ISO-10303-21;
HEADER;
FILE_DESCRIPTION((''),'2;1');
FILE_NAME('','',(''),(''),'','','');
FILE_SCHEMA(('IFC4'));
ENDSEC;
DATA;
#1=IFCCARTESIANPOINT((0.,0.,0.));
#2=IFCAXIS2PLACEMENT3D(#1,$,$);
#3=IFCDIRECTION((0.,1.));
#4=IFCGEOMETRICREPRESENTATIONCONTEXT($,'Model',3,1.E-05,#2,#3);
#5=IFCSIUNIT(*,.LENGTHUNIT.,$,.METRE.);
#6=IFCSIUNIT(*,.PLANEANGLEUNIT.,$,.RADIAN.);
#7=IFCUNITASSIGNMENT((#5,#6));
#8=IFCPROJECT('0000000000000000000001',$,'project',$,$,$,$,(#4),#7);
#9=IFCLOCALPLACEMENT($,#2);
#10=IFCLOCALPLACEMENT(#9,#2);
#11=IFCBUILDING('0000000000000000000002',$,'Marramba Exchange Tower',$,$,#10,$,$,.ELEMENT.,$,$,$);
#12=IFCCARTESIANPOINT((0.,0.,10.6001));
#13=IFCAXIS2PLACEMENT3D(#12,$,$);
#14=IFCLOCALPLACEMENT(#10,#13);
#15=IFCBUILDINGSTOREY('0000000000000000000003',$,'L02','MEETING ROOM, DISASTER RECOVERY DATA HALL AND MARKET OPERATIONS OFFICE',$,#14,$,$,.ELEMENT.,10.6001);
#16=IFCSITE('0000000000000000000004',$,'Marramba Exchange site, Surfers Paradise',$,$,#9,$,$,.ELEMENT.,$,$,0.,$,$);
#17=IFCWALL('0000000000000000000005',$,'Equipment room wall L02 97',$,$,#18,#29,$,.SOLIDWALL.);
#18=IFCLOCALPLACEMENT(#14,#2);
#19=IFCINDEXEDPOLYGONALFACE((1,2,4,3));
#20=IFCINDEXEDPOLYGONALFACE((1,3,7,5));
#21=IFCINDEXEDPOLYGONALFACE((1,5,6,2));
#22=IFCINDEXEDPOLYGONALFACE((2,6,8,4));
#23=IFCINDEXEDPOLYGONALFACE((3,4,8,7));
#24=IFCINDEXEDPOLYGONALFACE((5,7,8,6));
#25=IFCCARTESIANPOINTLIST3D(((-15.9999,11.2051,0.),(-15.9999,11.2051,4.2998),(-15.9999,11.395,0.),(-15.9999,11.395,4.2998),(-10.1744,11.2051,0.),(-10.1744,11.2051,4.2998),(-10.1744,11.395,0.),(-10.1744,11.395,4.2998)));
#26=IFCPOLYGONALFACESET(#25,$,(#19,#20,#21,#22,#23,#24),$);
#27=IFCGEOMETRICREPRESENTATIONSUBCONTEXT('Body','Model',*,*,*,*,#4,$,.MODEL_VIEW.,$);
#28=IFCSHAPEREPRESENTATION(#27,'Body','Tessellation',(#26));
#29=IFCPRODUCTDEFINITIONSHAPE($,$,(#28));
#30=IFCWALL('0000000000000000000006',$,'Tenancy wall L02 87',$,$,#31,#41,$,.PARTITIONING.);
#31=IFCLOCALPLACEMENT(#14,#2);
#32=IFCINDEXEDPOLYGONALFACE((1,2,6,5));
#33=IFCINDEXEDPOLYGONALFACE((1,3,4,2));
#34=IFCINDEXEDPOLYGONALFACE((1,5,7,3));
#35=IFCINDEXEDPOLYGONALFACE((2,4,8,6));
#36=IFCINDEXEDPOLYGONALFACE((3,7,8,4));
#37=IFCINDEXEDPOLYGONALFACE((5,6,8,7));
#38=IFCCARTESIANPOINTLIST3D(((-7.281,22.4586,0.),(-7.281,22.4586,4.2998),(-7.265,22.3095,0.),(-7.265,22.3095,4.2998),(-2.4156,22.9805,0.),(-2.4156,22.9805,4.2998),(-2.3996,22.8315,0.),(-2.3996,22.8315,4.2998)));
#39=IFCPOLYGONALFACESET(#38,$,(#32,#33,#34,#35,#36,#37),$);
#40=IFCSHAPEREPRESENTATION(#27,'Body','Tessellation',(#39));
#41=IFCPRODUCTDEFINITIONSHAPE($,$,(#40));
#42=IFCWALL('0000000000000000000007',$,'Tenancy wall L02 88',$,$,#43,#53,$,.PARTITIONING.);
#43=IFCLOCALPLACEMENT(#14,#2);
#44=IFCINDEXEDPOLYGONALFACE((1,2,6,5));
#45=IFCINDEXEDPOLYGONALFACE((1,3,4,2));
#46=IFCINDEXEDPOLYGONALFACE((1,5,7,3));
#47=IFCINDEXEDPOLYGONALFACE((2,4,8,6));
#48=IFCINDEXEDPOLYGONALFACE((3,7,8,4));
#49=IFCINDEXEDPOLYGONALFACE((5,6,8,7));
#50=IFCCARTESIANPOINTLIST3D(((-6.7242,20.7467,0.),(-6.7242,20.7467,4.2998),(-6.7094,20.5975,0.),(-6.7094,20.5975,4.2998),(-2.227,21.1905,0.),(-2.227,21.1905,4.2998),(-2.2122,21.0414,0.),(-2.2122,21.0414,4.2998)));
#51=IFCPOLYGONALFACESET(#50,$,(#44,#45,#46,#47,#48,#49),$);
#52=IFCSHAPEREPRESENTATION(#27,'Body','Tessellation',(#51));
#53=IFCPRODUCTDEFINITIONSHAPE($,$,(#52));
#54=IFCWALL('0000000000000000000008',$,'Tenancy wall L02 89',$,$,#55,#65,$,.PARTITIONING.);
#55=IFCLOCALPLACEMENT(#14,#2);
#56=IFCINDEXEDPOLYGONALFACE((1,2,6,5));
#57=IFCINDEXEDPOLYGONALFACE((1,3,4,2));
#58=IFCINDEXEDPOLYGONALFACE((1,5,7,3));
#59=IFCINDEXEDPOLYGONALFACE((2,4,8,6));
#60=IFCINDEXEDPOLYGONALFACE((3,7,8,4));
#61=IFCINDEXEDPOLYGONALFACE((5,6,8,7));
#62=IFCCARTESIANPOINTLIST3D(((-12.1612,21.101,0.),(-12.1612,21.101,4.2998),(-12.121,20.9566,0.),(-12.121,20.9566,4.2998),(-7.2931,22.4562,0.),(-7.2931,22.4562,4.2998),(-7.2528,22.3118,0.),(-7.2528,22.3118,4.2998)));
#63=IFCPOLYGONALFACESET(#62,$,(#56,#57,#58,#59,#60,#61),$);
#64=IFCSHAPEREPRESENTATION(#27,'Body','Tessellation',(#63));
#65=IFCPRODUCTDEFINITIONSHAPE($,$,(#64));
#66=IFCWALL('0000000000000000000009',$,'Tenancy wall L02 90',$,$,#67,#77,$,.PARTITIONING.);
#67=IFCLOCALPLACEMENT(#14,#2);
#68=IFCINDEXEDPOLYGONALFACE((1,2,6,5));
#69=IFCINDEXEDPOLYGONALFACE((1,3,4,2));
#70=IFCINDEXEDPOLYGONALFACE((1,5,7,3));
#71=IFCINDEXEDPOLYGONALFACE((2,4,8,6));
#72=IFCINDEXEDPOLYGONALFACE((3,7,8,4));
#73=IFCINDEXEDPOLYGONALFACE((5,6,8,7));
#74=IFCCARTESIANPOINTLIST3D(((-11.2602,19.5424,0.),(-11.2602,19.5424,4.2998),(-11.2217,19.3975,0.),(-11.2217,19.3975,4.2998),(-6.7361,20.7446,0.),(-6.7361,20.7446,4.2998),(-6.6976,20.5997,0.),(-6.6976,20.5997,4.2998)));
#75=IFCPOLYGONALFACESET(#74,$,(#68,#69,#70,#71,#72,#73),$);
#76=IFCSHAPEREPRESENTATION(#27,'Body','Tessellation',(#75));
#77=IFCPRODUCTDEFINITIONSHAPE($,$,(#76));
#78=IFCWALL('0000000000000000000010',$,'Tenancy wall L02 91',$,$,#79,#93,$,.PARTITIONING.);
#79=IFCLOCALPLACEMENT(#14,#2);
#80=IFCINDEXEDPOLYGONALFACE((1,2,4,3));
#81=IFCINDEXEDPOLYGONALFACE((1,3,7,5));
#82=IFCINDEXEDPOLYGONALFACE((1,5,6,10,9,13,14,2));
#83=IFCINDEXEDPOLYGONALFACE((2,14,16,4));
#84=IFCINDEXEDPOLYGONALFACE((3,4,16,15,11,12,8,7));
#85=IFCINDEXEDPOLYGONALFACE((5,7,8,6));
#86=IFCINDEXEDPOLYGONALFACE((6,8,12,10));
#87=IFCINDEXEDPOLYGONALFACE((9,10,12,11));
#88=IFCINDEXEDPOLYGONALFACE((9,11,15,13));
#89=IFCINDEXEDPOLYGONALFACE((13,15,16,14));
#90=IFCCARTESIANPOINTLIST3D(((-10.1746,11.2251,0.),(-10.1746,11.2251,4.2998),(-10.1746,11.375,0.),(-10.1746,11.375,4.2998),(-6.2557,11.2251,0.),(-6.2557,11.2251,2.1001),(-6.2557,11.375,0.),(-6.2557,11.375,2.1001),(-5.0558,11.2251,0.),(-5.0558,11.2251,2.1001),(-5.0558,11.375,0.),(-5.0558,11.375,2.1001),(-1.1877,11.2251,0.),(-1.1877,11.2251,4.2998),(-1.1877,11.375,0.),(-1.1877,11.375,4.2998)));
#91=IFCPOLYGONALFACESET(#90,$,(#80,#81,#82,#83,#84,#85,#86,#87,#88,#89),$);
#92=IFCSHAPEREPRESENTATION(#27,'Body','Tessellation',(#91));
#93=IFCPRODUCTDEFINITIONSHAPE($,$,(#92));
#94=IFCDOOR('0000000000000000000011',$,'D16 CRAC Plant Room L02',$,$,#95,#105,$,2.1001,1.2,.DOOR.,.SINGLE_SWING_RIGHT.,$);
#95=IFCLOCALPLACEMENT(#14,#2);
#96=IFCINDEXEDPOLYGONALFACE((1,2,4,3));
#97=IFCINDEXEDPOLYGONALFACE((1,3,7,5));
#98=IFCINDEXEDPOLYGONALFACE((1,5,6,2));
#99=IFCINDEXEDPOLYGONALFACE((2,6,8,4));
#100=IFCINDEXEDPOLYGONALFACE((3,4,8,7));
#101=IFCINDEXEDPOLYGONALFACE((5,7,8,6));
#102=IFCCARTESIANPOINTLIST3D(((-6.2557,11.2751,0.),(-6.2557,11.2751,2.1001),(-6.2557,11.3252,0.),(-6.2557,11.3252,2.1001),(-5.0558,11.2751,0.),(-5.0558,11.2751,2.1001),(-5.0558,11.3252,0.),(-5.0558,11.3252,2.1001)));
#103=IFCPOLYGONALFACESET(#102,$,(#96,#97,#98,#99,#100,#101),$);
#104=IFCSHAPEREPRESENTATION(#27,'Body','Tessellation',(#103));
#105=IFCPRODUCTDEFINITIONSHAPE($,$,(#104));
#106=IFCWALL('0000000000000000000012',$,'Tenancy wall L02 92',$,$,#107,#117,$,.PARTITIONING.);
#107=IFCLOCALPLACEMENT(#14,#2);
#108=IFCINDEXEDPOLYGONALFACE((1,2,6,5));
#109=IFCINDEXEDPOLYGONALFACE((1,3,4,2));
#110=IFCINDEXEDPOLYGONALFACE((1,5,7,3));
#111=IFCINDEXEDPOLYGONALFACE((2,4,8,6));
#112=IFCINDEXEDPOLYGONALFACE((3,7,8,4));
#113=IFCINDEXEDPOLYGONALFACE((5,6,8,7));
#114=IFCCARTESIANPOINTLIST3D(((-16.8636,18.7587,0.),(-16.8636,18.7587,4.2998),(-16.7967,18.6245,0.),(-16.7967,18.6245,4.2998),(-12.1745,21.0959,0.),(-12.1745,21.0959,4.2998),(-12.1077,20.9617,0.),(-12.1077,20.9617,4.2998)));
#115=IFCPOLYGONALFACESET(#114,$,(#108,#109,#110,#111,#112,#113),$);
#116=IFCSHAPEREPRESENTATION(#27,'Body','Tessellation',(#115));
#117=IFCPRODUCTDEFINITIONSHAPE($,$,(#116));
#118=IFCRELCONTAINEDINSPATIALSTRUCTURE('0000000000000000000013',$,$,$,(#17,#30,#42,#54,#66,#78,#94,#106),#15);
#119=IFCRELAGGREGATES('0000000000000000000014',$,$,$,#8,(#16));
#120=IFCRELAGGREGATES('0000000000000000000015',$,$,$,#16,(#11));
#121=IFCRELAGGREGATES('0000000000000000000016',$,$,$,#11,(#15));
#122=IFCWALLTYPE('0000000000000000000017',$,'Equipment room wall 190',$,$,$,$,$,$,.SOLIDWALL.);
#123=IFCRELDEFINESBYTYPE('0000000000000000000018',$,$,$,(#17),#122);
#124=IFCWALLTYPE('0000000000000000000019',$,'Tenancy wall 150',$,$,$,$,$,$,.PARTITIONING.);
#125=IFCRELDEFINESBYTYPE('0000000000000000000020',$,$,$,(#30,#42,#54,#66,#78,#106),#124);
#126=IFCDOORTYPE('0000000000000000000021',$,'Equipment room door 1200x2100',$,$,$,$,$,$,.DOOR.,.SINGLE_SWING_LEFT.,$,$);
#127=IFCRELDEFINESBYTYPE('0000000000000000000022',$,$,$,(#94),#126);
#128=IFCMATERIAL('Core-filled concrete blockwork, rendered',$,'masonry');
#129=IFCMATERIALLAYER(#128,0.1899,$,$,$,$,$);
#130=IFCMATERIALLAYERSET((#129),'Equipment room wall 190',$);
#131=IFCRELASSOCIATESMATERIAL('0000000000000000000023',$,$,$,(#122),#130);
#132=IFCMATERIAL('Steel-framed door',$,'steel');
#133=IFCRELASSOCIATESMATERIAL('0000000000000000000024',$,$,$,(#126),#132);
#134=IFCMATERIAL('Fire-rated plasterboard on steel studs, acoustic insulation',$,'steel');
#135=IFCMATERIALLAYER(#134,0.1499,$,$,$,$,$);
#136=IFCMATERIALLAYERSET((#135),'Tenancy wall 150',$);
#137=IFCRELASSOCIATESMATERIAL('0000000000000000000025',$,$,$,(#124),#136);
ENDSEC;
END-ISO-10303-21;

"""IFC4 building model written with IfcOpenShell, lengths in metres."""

from ifc_helpers import new_model, si_unit, direction, frame, frame_2d, origin, place, context, subcontext, project, spatial, rectangle, extrude, material, layer, layer_set, type_object, element, fill, save


model = new_model("IFC4")

# Units and contexts
model_context = context("Model", 3, precision=1e-05, world=origin(), true_north=direction((0.0, 1.0)))
body_context = subcontext(model_context, "Body", "Model", "MODEL_VIEW")
ifc_project = project(units=[si_unit("LENGTHUNIT", "METRE"), si_unit("PLANEANGLEUNIT", "RADIAN")], contexts=[model_context])

# Site, building, storey
site_placement = place(None, origin())
site = spatial("IfcSite", under=ifc_project, at=site_placement, Name="Marramba Exchange site, Surfers Paradise", CompositionType="ELEMENT", RefElevation=0.0)
building_placement = place(site_placement, origin())
building = spatial("IfcBuilding", under=site, at=building_placement, Name="Marramba Exchange Tower", CompositionType="ELEMENT")
storey_placement = place(building_placement, frame((0.0, 0.0, 10.6001)))
storey = spatial("IfcBuildingStorey", under=building, at=storey_placement, Name="L02", Description="MEETING ROOM, DISASTER RECOVERY DATA HALL AND MARKET OPERATIONS OFFICE", CompositionType="ELEMENT", Elevation=10.6001)

# Shared definitions
ifc_material_1 = material(Name="Core-filled concrete blockwork, rendered", Category="masonry")
ifc_layer_1 = layer(ifc_material_1, 0.1899)
ifc_layer_set_1 = layer_set([ifc_layer_1], Name="Equipment room wall 190")
wall_type_1 = type_object("IfcWallType", Name="Equipment room wall 190", PredefinedType="SOLIDWALL", material=ifc_layer_set_1)
ifc_material_2 = material(Name="Steel-framed door", Category="steel")
door_type = type_object("IfcDoorType", Name="Equipment room door 1200x2100", OperationType="SINGLE_SWING_LEFT", PredefinedType="DOOR", material=ifc_material_2)

# Walls
wall_1_placement = place(storey_placement, frame((-10.1746, 11.3, 0.0), z_axis=(0.0, 0.0, 1.0), x_axis=(-1.0, 0.0, 0.0)))
element("IfcWall", 1, at=wall_1_placement, inside=storey, type_object=wall_type_1, Name="Equipment room wall L02 97", PredefinedType="SOLIDWALL", context=body_context, shape_type="SweptSolid", body=[
    extrude(rectangle(XDim=5.8254, YDim=0.1899, at=frame_2d((2.9126, 0.0))), origin(), (0.0, 0.0, 1.0), 4.2998),
])
ifc_material_3 = material(Name="Fire-rated plasterboard on steel studs, acoustic insulation", Category="steel")
ifc_layer_2 = layer(ifc_material_3, 0.1499)
ifc_layer_set_2 = layer_set([ifc_layer_2], Name="Tenancy wall 150")
wall_type_2 = type_object("IfcWallType", Name="Tenancy wall 150", PredefinedType="PARTITIONING", material=ifc_layer_set_2)
wall_2_placement = place(storey_placement, frame((-2.4075, 22.906, 0.0), z_axis=(0.0, 0.0, 1.0), x_axis=(-0.994295, -0.106669, 0.0)))
element("IfcWall", 2, at=wall_2_placement, inside=storey, type_object=wall_type_2, Name="Tenancy wall L02 87", PredefinedType="PARTITIONING", context=body_context, shape_type="SweptSolid", body=[
    extrude(rectangle(XDim=4.8933, YDim=0.1499, at=frame_2d((2.4468, 0.0))), origin(), (0.0, 0.0, 1.0), 4.2998),
])
wall_3_placement = place(storey_placement, frame((-6.7168, 20.6721, 0.0), z_axis=(0.0, 0.0, 1.0), x_axis=(0.995165, 0.098215, 0.0)))
element("IfcWall", 3, at=wall_3_placement, inside=storey, type_object=wall_type_2, Name="Tenancy wall L02 88", PredefinedType="PARTITIONING", context=body_context, shape_type="SweptSolid", body=[
    extrude(rectangle(XDim=4.519, YDim=0.1499, at=frame_2d((2.2595, 0.0))), origin(), (0.0, 0.0, 1.0), 4.2998),
])
wall_4_placement = place(storey_placement, frame((-7.2729, 22.384, 0.0), z_axis=(0.0, 0.0, 1.0), x_axis=(-0.963367, -0.268187, 0.0)))
element("IfcWall", 4, at=wall_4_placement, inside=storey, type_object=wall_type_2, Name="Tenancy wall L02 89", PredefinedType="PARTITIONING", context=body_context, shape_type="SweptSolid", body=[
    extrude(rectangle(XDim=5.0532, YDim=0.1499, at=frame_2d((2.5266, 0.0))), origin(), (0.0, 0.0, 1.0), 4.2998),
])
wall_5_placement = place(storey_placement, frame((-11.241, 19.47, 0.0), z_axis=(0.0, 0.0, 1.0), x_axis=(0.966463, 0.256806, 0.0)))
element("IfcWall", 5, at=wall_5_placement, inside=storey, type_object=wall_type_2, Name="Tenancy wall L02 90", PredefinedType="PARTITIONING", context=body_context, shape_type="SweptSolid", body=[
    extrude(rectangle(XDim=4.6812, YDim=0.1499, at=frame_2d((2.3406, 0.0))), origin(), (0.0, 0.0, 1.0), 4.2998),
])

# Wall, opening, door
wall_6_placement = place(storey_placement, frame((-1.1877, 11.3, 0.0), z_axis=(0.0, 0.0, 1.0), x_axis=(-1.0, 0.0, 0.0)))
wall_6 = element("IfcWall", 6, at=wall_6_placement, inside=storey, type_object=wall_type_2, Name="Tenancy wall L02 91", PredefinedType="PARTITIONING", context=body_context, shape_type="SweptSolid", body=[
    extrude(rectangle(XDim=8.9868, YDim=0.1499, at=frame_2d((4.4934, 0.0))), origin(), (0.0, 0.0, 1.0), 4.2998),
])
opening_1_placement = place(wall_6_placement, frame((3.8679, 0.0, 0.0)))
opening_1 = element("IfcOpeningElement", 7, at=opening_1_placement, cuts=wall_6, PredefinedType="OPENING", context=body_context, shape_type="SweptSolid", body=[
    extrude(rectangle(XDim=1.2, YDim=2.1001, at=frame_2d((0.6001, 1.05))), frame((0.0, 0.085, 0.0), z_axis=(0.0, -1.0, 0.0), x_axis=(1.0, 0.0, 0.0)), (0.0, 0.0, 1.0), 0.1699),
])
door_1_placement = place(opening_1_placement, origin())
door_1 = element("IfcDoor", 8, at=door_1_placement, inside=storey, type_object=door_type, Name="D16 CRAC Plant Room L02", OperationType="SINGLE_SWING_RIGHT", OverallHeight=2.1001, OverallWidth=1.2, PredefinedType="DOOR", context=body_context, shape_type="SweptSolid", body=[
    extrude(rectangle(XDim=1.2, YDim=2.1001, at=frame_2d((0.6001, 1.05))), frame((0.0, 0.0249, 0.0), z_axis=(0.0, -1.0, 0.0), x_axis=(1.0, 0.0, 0.0)), (0.0, 0.0, 1.0), 0.05),
])
fill(opening_1, door_1)

# Wall
wall_7_placement = place(storey_placement, frame((-12.1411, 21.0288, 0.0), z_axis=(0.0, 0.0, 1.0), x_axis=(-0.894986, -0.446095, 0.0)))
element("IfcWall", 9, at=wall_7_placement, inside=storey, type_object=wall_type_2, Name="Tenancy wall L02 92", PredefinedType="PARTITIONING", context=body_context, shape_type="SweptSolid", body=[
    extrude(rectangle(XDim=5.2393, YDim=0.1499, at=frame_2d((2.6196, 0.0))), origin(), (0.0, 0.0, 1.0), 4.2998),
])

save(model, "model.ifc")
